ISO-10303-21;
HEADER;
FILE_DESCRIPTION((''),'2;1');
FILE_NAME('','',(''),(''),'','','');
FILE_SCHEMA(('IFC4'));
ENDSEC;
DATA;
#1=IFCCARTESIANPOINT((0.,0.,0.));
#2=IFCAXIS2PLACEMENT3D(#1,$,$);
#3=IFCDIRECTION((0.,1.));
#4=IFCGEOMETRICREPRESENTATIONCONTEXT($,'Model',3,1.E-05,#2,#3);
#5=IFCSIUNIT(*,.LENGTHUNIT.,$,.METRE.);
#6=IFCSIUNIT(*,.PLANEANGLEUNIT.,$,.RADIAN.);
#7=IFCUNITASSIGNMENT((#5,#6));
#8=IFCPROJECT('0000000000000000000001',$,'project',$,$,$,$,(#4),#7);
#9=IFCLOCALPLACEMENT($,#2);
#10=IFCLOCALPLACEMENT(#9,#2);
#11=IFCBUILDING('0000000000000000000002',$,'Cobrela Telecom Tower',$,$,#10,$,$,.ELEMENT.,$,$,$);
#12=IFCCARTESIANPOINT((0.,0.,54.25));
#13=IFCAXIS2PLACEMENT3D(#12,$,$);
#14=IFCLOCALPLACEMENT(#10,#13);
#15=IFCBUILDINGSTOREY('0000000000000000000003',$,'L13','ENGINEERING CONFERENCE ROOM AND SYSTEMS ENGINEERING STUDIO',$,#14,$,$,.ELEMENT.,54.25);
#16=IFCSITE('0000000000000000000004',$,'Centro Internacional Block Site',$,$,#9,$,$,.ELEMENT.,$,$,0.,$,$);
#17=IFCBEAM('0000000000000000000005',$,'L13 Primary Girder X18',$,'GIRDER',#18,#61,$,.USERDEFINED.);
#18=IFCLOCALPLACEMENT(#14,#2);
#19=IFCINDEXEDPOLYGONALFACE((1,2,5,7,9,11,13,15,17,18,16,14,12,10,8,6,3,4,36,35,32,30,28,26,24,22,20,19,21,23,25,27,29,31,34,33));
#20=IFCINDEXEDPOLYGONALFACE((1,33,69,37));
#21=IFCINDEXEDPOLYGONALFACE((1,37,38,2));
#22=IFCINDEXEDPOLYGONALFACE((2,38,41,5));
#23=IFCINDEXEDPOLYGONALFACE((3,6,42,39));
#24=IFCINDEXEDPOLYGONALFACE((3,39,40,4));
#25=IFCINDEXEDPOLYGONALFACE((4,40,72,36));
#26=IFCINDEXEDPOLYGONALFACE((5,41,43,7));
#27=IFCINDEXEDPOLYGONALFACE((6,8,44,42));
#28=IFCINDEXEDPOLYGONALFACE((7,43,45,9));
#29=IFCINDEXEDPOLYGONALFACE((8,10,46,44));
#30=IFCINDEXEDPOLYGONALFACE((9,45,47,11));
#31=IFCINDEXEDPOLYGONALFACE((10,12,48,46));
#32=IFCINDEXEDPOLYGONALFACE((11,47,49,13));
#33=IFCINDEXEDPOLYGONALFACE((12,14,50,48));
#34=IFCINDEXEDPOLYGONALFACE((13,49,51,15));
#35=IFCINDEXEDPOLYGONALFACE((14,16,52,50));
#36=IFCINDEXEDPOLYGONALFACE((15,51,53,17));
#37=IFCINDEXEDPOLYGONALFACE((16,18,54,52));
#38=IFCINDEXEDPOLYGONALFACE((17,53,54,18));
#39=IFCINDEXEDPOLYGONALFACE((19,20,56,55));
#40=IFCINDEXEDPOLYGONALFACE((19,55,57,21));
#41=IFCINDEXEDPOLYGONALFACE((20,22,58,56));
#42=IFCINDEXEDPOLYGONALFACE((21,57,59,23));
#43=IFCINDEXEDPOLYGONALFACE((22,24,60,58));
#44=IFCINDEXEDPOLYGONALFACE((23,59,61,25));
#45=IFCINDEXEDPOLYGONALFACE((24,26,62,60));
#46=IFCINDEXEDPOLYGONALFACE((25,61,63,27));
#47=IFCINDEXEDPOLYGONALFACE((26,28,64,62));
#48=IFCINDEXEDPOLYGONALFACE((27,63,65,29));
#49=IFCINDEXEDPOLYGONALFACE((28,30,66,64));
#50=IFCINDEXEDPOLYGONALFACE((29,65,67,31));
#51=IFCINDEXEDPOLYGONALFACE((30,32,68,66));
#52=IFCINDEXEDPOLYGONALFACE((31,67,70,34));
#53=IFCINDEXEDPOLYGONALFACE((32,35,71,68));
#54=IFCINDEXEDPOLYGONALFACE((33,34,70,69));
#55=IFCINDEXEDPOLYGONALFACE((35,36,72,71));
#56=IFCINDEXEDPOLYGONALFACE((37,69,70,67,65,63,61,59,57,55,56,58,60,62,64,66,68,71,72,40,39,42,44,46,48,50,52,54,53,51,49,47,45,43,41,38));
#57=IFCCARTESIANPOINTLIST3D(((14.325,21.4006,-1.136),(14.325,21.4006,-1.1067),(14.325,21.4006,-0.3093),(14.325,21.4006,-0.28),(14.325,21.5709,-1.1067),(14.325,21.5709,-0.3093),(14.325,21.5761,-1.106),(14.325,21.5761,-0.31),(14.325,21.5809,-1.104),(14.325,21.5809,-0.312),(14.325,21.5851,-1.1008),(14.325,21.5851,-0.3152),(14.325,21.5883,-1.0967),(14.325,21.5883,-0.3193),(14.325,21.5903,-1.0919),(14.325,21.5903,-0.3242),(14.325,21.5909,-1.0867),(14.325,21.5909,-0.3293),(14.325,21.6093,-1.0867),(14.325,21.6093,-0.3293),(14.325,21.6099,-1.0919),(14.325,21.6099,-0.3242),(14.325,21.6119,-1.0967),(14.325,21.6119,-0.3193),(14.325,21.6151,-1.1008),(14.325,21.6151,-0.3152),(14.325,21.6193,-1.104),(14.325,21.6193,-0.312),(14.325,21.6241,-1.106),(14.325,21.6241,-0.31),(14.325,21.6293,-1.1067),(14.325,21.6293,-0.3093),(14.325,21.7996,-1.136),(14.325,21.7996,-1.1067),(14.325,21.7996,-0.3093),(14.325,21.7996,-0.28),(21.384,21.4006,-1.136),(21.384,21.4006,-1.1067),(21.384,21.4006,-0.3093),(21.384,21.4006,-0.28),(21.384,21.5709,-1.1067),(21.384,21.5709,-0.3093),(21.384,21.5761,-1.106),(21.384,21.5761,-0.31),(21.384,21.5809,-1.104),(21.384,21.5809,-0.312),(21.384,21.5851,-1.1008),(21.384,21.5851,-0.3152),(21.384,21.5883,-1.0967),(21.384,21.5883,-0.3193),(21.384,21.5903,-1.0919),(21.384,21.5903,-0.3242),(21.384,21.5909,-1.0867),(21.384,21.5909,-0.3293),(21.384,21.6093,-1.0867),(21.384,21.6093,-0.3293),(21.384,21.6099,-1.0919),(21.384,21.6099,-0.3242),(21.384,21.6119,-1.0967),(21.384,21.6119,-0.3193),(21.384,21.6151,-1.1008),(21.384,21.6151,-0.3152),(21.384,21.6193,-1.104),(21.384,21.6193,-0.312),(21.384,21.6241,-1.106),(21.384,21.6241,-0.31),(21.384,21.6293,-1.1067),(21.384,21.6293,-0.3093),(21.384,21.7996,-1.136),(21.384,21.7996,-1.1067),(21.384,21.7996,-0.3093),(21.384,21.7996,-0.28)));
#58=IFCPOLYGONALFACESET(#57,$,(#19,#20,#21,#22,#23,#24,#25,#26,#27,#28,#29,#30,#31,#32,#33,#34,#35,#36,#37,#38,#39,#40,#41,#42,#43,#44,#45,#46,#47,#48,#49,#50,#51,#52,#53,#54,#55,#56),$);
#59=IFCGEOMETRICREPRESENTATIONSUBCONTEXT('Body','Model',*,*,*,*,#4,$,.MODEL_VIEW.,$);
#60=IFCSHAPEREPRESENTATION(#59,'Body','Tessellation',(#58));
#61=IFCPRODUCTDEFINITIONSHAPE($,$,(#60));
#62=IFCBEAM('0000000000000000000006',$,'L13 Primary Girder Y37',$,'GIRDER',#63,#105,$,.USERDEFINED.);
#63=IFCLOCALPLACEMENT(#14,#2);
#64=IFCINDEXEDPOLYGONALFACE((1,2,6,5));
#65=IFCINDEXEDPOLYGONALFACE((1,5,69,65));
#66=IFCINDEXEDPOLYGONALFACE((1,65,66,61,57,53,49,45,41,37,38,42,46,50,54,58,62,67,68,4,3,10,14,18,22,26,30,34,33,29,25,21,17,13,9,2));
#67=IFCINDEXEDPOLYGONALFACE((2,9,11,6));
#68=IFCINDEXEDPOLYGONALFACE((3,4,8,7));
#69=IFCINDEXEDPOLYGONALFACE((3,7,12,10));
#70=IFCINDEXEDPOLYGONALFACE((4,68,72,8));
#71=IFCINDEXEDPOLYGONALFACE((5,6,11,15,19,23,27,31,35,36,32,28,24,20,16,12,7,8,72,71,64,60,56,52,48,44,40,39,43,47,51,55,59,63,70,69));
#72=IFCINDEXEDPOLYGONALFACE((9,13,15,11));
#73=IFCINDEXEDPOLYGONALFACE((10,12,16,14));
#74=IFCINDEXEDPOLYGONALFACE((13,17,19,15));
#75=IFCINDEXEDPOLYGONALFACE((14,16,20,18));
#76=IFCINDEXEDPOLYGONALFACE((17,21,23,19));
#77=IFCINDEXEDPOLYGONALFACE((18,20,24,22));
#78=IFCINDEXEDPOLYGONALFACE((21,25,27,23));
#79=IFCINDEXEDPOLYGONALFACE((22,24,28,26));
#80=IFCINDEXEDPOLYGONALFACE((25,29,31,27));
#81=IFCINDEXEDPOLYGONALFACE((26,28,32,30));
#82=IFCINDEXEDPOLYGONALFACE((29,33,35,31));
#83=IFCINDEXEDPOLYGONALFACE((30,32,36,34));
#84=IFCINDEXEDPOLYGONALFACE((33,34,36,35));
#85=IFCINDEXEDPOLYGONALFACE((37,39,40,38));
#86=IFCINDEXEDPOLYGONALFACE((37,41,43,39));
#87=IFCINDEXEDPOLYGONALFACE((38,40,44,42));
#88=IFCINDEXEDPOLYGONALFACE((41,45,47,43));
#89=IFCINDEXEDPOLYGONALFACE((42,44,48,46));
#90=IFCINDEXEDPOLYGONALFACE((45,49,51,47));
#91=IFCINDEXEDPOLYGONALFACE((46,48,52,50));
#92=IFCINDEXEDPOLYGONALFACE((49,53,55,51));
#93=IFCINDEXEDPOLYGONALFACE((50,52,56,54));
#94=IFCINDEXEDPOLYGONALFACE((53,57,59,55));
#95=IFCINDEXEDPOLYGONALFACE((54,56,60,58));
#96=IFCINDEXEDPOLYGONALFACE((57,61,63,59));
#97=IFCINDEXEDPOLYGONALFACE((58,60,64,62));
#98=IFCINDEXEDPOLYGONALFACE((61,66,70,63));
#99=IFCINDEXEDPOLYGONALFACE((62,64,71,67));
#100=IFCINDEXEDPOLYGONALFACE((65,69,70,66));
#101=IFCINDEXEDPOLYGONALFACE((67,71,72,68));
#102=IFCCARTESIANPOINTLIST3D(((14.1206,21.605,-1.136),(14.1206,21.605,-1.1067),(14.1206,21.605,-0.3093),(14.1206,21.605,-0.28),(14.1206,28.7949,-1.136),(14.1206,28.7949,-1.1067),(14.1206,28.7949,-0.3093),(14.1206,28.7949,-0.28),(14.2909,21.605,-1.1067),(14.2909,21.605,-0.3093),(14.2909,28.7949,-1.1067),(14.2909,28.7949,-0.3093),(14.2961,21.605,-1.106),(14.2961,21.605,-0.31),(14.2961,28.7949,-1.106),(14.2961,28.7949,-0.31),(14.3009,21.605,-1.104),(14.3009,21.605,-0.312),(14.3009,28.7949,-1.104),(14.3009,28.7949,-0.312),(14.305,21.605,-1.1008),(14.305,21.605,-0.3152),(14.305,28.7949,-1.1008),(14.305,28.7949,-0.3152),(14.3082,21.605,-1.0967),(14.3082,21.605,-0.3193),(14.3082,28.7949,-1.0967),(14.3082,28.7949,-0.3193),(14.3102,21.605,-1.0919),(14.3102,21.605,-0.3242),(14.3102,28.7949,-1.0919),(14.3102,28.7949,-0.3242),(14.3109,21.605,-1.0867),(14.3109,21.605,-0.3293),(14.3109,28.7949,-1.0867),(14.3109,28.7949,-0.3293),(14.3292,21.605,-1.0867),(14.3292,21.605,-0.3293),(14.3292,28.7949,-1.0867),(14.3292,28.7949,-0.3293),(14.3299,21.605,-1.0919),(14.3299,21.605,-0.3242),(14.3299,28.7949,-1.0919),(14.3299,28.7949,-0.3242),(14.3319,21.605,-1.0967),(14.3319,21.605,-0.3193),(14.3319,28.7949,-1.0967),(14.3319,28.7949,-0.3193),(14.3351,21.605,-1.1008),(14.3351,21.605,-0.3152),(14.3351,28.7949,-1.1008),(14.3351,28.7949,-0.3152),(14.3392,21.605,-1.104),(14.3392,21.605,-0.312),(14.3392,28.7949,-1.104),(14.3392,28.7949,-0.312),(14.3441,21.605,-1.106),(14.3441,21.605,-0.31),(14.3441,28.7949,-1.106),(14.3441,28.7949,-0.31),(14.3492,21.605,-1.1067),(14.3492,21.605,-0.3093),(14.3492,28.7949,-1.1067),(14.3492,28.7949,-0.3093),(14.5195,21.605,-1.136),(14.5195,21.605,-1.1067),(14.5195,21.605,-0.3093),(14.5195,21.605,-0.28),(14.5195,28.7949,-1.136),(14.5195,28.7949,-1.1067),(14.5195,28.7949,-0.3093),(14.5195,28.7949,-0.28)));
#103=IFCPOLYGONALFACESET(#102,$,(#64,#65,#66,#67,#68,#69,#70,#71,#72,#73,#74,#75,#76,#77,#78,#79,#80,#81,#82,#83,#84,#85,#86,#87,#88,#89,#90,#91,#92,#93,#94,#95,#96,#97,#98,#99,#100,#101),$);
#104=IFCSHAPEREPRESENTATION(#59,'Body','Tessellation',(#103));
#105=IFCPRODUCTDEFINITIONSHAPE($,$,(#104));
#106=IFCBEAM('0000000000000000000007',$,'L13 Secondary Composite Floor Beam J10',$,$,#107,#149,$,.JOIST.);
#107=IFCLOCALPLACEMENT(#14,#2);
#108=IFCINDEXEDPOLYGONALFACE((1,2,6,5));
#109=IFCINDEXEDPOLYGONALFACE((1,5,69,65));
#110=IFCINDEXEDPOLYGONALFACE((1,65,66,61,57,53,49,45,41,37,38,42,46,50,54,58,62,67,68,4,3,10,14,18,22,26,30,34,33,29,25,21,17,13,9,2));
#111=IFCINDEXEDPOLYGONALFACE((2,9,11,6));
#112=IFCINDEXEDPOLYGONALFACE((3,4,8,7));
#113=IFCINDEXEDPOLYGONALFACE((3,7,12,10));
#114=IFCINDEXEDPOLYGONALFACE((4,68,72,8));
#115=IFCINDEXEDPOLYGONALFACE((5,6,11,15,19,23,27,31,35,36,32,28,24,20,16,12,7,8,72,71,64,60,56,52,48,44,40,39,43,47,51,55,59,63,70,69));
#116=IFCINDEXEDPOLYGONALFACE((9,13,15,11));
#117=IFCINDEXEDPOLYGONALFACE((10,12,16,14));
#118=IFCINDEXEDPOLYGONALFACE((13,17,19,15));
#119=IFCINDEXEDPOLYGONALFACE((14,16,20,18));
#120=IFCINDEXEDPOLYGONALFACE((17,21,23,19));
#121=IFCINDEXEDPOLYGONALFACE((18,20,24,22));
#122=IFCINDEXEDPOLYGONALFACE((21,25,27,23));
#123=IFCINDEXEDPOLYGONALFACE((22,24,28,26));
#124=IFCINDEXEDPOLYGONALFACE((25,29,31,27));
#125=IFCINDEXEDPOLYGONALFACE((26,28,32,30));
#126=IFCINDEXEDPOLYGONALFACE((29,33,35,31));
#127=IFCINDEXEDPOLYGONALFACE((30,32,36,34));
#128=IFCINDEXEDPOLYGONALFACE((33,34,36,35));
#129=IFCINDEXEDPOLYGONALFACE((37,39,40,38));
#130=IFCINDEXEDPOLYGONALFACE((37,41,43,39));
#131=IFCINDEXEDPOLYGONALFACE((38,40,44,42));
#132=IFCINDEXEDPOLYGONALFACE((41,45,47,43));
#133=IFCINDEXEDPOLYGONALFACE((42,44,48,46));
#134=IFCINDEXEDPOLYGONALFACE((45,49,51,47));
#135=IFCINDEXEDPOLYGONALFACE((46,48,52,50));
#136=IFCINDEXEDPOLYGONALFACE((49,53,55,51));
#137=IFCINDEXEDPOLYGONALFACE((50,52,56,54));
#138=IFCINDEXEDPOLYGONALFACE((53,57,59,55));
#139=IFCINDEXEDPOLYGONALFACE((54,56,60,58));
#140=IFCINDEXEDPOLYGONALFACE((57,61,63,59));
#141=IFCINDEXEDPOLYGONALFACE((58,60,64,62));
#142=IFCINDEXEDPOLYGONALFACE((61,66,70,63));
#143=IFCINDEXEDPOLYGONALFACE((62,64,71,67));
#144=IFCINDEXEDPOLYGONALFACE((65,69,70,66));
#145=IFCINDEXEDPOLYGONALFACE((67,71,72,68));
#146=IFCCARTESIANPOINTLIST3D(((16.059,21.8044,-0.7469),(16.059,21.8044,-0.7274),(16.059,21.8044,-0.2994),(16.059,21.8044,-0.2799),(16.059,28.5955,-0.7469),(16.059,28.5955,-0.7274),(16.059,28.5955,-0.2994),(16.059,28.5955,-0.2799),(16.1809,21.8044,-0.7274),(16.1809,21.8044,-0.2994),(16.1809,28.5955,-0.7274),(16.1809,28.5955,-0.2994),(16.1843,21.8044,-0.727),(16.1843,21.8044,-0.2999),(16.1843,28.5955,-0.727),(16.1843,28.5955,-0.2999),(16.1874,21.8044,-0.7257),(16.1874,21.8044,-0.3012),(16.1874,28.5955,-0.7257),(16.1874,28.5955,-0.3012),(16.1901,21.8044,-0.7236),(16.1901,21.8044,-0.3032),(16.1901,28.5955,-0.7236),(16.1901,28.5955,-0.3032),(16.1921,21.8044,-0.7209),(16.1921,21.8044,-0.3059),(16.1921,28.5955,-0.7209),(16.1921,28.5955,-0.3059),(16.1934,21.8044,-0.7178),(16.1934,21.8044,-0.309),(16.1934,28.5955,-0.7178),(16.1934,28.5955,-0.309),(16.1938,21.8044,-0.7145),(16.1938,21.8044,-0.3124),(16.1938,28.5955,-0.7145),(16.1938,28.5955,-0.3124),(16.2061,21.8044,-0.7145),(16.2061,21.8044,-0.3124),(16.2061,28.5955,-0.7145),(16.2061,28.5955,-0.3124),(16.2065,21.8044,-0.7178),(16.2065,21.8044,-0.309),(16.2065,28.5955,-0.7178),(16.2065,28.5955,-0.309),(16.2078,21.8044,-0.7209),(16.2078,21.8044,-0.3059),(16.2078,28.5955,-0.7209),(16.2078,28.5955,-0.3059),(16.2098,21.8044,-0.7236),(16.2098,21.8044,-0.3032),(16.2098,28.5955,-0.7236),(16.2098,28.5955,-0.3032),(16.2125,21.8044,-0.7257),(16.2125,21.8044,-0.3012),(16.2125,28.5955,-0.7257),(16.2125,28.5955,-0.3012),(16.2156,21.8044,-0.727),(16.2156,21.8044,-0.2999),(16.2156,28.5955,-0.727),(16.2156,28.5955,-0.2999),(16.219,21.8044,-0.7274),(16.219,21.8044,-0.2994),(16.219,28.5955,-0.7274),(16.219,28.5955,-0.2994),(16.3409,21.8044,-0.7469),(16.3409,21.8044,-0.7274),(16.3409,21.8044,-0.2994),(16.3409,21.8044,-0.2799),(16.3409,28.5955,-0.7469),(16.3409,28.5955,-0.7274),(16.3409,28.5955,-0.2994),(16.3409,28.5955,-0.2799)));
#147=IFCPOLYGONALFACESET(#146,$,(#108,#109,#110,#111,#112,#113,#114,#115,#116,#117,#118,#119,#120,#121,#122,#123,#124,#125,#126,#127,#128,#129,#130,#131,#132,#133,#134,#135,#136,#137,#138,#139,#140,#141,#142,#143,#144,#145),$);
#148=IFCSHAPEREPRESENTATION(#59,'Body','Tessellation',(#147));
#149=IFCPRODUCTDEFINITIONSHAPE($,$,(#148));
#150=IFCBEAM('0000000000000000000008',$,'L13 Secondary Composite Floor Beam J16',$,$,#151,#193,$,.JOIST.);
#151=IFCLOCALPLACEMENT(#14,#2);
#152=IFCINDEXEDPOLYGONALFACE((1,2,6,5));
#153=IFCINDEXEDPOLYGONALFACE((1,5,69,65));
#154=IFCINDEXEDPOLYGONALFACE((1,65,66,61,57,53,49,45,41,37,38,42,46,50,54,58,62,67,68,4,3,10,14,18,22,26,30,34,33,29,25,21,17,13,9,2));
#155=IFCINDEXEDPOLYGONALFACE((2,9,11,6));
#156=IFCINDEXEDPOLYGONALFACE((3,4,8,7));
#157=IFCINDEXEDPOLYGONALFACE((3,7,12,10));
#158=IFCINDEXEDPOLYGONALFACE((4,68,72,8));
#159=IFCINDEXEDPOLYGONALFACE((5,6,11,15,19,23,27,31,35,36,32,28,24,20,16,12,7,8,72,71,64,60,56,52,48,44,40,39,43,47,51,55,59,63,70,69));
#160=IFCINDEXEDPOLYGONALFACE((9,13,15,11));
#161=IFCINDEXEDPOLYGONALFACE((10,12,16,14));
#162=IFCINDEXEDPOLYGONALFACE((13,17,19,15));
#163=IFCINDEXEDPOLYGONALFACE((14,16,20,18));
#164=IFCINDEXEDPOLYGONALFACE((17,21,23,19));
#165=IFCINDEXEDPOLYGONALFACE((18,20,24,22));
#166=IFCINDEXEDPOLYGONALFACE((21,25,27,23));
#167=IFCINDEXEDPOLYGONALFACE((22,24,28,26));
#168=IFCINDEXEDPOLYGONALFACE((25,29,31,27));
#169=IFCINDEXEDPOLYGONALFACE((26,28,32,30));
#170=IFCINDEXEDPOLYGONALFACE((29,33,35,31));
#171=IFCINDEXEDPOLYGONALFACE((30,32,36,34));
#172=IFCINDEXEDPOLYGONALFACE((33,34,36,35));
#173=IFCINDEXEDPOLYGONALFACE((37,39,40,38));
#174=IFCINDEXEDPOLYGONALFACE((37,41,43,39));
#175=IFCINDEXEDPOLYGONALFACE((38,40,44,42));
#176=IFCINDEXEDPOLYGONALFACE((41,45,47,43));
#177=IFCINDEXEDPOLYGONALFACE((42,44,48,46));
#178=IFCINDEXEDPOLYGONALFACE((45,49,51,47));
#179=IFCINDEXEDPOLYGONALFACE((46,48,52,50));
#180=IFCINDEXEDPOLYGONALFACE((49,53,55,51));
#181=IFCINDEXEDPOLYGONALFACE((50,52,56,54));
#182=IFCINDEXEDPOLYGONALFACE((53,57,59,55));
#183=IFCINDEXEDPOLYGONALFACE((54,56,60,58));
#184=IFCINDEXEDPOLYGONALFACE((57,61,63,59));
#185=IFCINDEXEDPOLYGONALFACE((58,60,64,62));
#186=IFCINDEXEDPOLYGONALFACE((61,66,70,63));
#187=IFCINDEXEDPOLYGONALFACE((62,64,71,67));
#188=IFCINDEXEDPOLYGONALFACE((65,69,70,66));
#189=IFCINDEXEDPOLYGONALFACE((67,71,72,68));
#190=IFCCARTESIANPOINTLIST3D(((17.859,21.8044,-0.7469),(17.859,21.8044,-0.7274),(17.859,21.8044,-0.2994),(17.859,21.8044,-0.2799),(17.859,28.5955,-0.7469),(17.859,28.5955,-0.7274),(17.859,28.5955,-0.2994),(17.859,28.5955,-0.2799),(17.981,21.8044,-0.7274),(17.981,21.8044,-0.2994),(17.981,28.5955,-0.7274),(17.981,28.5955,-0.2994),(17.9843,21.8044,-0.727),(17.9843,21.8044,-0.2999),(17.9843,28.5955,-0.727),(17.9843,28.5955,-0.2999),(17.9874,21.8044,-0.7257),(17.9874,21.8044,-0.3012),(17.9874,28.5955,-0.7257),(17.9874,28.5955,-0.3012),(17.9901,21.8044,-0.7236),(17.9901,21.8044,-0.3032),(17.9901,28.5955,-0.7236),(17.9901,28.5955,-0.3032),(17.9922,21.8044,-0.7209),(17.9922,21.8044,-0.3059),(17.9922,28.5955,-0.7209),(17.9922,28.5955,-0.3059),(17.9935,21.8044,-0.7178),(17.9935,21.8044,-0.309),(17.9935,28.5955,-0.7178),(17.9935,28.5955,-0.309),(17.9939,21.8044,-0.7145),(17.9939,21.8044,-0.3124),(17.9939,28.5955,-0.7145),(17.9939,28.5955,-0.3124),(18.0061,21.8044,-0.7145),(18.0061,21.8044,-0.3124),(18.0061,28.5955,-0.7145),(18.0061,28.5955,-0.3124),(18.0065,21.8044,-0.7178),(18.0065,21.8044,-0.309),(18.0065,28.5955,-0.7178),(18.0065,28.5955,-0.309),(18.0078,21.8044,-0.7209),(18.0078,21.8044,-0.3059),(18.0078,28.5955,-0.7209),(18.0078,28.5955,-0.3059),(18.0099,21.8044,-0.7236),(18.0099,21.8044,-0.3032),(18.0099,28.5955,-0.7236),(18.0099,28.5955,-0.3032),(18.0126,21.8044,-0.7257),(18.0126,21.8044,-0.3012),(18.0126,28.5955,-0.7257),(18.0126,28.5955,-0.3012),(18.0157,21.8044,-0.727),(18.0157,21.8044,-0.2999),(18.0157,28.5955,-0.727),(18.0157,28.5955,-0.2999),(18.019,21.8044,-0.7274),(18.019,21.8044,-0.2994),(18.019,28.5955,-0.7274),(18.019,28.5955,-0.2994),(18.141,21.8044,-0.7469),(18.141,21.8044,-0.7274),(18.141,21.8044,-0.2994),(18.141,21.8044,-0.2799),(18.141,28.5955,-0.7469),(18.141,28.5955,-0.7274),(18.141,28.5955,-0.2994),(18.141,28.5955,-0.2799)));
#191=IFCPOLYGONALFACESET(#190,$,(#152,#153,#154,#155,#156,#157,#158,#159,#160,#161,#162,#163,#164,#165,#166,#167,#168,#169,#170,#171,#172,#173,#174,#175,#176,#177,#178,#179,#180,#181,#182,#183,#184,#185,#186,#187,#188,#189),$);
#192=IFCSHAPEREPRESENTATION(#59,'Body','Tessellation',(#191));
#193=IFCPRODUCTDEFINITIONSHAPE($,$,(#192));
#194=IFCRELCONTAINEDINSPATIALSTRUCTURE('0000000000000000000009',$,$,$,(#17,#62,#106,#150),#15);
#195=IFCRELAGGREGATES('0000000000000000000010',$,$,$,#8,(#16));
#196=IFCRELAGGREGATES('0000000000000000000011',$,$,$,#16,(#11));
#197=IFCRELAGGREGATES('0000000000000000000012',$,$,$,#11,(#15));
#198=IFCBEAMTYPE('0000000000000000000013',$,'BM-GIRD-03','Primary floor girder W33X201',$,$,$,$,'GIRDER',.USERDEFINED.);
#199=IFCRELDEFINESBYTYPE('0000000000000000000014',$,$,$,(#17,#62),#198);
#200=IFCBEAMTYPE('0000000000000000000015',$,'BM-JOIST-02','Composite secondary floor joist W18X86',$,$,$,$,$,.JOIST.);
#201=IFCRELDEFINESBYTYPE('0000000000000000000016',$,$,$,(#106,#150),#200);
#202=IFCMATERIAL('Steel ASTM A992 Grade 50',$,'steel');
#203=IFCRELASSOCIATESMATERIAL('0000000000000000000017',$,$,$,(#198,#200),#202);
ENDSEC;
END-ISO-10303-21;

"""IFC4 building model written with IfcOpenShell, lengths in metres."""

from ifc_helpers import new_model, si_unit, direction, frame, origin, origin_2d, place, context, subcontext, project, spatial, i_section, extrude, material, material_profile, profile_set, type_object, element, save


model = new_model("IFC4")

# Units and contexts
model_context = context("Model", 3, precision=1e-05, world=origin(), true_north=direction((0.0, 1.0)))
body_context = subcontext(model_context, "Body", "Model", "MODEL_VIEW")
ifc_project = project(units=[si_unit("LENGTHUNIT", "METRE"), si_unit("PLANEANGLEUNIT", "RADIAN")], contexts=[model_context])

# Site, building, storey
site_placement = place(None, origin())
site = spatial("IfcSite", under=ifc_project, at=site_placement, Name="Centro Internacional Block Site", CompositionType="ELEMENT", RefElevation=0.0)
building_placement = place(site_placement, origin())
building = spatial("IfcBuilding", under=site, at=building_placement, Name="Cobrela Telecom Tower", CompositionType="ELEMENT")
storey_placement = place(building_placement, frame((0.0, 0.0, 54.25)))
storey = spatial("IfcBuildingStorey", under=building, at=storey_placement, Name="L13", Description="ENGINEERING CONFERENCE ROOM AND SYSTEMS ENGINEERING STUDIO", CompositionType="ELEMENT", Elevation=54.25)

# Beams
ifc_material_1 = material(Name="Steel ASTM A992 Grade 50", Category="steel")
ifc_material_profile_1 = material_profile(ifc_material_1, i_section(OverallWidth=0.3989, OverallDepth=0.856, WebThickness=0.0183, FlangeThickness=0.0293, FilletRadius=0.02, at=origin_2d()), Name="W33X201")
ifc_profile_set_1 = profile_set([ifc_material_profile_1], Name="Steel ASTM A992 Grade 50")
beam_type_1 = type_object("IfcBeamType", Name="BM-GIRD-03", Description="Primary floor girder W33X201", ElementType="GIRDER", PredefinedType="USERDEFINED", material=ifc_profile_set_1)
beam_1_placement = place(storey_placement, frame((14.325, 21.6001, -0.708), z_axis=(1.0, 0.0, 0.0), x_axis=(0.0, 1.0, 0.0)))
element("IfcBeam", 1, at=beam_1_placement, inside=storey, type_object=beam_type_1, Name="L13 Primary Girder X18", ObjectType="GIRDER", PredefinedType="USERDEFINED", context=body_context, shape_type="SweptSolid", body=[
    extrude(i_section(OverallWidth=0.3989, OverallDepth=0.856, WebThickness=0.0183, FlangeThickness=0.0293, FilletRadius=0.02, at=origin_2d()), origin(), (0.0, 0.0, 1.0), 7.0591),
])
beam_2_placement = place(storey_placement, frame((14.3201, 21.605, -0.708), z_axis=(0.0, 1.0, 0.0), x_axis=(-1.0, 0.0, 0.0)))
element("IfcBeam", 2, at=beam_2_placement, inside=storey, type_object=beam_type_1, Name="L13 Primary Girder Y37", ObjectType="GIRDER", PredefinedType="USERDEFINED", context=body_context, shape_type="SweptSolid", body=[
    extrude(i_section(OverallWidth=0.3989, OverallDepth=0.856, WebThickness=0.0183, FlangeThickness=0.0293, FilletRadius=0.02, at=origin_2d()), origin(), (0.0, 0.0, 1.0), 7.1899),
])
ifc_material_profile_2 = material_profile(ifc_material_1, i_section(OverallWidth=0.282, OverallDepth=0.467, WebThickness=0.0122, FlangeThickness=0.0195, FilletRadius=0.0129, at=origin_2d()), Name="W18X86")
ifc_profile_set_2 = profile_set([ifc_material_profile_2], Name="Steel ASTM A992 Grade 50")
beam_type_2 = type_object("IfcBeamType", Name="BM-JOIST-02", Description="Composite secondary floor joist W18X86", PredefinedType="JOIST", material=ifc_profile_set_2)
for number, where, z_axis, x_axis, name in (
    (3, (16.2, 21.8044, -0.5134), (0.0, 1.0, 0.0), (-1.0, 0.0, 0.0), "L13 Secondary Composite Floor Beam J10"),
    (4, (18.0, 21.8044, -0.5134), (0.0, 1.0, 0.0), (-1.0, 0.0, 0.0), "L13 Secondary Composite Floor Beam J16"),
):
    element("IfcBeam", number, at=place(storey_placement, frame(where, z_axis=z_axis, x_axis=x_axis)), inside=storey, type_object=beam_type_2, Name=name, PredefinedType="JOIST", context=body_context, shape_type="SweptSolid", body=[
        extrude(i_section(OverallWidth=0.282, OverallDepth=0.467, WebThickness=0.0122, FlangeThickness=0.0195, FilletRadius=0.0129, at=origin_2d()), origin(), (0.0, 0.0, 1.0), 6.791),
    ])

save(model, "model.ifc")
